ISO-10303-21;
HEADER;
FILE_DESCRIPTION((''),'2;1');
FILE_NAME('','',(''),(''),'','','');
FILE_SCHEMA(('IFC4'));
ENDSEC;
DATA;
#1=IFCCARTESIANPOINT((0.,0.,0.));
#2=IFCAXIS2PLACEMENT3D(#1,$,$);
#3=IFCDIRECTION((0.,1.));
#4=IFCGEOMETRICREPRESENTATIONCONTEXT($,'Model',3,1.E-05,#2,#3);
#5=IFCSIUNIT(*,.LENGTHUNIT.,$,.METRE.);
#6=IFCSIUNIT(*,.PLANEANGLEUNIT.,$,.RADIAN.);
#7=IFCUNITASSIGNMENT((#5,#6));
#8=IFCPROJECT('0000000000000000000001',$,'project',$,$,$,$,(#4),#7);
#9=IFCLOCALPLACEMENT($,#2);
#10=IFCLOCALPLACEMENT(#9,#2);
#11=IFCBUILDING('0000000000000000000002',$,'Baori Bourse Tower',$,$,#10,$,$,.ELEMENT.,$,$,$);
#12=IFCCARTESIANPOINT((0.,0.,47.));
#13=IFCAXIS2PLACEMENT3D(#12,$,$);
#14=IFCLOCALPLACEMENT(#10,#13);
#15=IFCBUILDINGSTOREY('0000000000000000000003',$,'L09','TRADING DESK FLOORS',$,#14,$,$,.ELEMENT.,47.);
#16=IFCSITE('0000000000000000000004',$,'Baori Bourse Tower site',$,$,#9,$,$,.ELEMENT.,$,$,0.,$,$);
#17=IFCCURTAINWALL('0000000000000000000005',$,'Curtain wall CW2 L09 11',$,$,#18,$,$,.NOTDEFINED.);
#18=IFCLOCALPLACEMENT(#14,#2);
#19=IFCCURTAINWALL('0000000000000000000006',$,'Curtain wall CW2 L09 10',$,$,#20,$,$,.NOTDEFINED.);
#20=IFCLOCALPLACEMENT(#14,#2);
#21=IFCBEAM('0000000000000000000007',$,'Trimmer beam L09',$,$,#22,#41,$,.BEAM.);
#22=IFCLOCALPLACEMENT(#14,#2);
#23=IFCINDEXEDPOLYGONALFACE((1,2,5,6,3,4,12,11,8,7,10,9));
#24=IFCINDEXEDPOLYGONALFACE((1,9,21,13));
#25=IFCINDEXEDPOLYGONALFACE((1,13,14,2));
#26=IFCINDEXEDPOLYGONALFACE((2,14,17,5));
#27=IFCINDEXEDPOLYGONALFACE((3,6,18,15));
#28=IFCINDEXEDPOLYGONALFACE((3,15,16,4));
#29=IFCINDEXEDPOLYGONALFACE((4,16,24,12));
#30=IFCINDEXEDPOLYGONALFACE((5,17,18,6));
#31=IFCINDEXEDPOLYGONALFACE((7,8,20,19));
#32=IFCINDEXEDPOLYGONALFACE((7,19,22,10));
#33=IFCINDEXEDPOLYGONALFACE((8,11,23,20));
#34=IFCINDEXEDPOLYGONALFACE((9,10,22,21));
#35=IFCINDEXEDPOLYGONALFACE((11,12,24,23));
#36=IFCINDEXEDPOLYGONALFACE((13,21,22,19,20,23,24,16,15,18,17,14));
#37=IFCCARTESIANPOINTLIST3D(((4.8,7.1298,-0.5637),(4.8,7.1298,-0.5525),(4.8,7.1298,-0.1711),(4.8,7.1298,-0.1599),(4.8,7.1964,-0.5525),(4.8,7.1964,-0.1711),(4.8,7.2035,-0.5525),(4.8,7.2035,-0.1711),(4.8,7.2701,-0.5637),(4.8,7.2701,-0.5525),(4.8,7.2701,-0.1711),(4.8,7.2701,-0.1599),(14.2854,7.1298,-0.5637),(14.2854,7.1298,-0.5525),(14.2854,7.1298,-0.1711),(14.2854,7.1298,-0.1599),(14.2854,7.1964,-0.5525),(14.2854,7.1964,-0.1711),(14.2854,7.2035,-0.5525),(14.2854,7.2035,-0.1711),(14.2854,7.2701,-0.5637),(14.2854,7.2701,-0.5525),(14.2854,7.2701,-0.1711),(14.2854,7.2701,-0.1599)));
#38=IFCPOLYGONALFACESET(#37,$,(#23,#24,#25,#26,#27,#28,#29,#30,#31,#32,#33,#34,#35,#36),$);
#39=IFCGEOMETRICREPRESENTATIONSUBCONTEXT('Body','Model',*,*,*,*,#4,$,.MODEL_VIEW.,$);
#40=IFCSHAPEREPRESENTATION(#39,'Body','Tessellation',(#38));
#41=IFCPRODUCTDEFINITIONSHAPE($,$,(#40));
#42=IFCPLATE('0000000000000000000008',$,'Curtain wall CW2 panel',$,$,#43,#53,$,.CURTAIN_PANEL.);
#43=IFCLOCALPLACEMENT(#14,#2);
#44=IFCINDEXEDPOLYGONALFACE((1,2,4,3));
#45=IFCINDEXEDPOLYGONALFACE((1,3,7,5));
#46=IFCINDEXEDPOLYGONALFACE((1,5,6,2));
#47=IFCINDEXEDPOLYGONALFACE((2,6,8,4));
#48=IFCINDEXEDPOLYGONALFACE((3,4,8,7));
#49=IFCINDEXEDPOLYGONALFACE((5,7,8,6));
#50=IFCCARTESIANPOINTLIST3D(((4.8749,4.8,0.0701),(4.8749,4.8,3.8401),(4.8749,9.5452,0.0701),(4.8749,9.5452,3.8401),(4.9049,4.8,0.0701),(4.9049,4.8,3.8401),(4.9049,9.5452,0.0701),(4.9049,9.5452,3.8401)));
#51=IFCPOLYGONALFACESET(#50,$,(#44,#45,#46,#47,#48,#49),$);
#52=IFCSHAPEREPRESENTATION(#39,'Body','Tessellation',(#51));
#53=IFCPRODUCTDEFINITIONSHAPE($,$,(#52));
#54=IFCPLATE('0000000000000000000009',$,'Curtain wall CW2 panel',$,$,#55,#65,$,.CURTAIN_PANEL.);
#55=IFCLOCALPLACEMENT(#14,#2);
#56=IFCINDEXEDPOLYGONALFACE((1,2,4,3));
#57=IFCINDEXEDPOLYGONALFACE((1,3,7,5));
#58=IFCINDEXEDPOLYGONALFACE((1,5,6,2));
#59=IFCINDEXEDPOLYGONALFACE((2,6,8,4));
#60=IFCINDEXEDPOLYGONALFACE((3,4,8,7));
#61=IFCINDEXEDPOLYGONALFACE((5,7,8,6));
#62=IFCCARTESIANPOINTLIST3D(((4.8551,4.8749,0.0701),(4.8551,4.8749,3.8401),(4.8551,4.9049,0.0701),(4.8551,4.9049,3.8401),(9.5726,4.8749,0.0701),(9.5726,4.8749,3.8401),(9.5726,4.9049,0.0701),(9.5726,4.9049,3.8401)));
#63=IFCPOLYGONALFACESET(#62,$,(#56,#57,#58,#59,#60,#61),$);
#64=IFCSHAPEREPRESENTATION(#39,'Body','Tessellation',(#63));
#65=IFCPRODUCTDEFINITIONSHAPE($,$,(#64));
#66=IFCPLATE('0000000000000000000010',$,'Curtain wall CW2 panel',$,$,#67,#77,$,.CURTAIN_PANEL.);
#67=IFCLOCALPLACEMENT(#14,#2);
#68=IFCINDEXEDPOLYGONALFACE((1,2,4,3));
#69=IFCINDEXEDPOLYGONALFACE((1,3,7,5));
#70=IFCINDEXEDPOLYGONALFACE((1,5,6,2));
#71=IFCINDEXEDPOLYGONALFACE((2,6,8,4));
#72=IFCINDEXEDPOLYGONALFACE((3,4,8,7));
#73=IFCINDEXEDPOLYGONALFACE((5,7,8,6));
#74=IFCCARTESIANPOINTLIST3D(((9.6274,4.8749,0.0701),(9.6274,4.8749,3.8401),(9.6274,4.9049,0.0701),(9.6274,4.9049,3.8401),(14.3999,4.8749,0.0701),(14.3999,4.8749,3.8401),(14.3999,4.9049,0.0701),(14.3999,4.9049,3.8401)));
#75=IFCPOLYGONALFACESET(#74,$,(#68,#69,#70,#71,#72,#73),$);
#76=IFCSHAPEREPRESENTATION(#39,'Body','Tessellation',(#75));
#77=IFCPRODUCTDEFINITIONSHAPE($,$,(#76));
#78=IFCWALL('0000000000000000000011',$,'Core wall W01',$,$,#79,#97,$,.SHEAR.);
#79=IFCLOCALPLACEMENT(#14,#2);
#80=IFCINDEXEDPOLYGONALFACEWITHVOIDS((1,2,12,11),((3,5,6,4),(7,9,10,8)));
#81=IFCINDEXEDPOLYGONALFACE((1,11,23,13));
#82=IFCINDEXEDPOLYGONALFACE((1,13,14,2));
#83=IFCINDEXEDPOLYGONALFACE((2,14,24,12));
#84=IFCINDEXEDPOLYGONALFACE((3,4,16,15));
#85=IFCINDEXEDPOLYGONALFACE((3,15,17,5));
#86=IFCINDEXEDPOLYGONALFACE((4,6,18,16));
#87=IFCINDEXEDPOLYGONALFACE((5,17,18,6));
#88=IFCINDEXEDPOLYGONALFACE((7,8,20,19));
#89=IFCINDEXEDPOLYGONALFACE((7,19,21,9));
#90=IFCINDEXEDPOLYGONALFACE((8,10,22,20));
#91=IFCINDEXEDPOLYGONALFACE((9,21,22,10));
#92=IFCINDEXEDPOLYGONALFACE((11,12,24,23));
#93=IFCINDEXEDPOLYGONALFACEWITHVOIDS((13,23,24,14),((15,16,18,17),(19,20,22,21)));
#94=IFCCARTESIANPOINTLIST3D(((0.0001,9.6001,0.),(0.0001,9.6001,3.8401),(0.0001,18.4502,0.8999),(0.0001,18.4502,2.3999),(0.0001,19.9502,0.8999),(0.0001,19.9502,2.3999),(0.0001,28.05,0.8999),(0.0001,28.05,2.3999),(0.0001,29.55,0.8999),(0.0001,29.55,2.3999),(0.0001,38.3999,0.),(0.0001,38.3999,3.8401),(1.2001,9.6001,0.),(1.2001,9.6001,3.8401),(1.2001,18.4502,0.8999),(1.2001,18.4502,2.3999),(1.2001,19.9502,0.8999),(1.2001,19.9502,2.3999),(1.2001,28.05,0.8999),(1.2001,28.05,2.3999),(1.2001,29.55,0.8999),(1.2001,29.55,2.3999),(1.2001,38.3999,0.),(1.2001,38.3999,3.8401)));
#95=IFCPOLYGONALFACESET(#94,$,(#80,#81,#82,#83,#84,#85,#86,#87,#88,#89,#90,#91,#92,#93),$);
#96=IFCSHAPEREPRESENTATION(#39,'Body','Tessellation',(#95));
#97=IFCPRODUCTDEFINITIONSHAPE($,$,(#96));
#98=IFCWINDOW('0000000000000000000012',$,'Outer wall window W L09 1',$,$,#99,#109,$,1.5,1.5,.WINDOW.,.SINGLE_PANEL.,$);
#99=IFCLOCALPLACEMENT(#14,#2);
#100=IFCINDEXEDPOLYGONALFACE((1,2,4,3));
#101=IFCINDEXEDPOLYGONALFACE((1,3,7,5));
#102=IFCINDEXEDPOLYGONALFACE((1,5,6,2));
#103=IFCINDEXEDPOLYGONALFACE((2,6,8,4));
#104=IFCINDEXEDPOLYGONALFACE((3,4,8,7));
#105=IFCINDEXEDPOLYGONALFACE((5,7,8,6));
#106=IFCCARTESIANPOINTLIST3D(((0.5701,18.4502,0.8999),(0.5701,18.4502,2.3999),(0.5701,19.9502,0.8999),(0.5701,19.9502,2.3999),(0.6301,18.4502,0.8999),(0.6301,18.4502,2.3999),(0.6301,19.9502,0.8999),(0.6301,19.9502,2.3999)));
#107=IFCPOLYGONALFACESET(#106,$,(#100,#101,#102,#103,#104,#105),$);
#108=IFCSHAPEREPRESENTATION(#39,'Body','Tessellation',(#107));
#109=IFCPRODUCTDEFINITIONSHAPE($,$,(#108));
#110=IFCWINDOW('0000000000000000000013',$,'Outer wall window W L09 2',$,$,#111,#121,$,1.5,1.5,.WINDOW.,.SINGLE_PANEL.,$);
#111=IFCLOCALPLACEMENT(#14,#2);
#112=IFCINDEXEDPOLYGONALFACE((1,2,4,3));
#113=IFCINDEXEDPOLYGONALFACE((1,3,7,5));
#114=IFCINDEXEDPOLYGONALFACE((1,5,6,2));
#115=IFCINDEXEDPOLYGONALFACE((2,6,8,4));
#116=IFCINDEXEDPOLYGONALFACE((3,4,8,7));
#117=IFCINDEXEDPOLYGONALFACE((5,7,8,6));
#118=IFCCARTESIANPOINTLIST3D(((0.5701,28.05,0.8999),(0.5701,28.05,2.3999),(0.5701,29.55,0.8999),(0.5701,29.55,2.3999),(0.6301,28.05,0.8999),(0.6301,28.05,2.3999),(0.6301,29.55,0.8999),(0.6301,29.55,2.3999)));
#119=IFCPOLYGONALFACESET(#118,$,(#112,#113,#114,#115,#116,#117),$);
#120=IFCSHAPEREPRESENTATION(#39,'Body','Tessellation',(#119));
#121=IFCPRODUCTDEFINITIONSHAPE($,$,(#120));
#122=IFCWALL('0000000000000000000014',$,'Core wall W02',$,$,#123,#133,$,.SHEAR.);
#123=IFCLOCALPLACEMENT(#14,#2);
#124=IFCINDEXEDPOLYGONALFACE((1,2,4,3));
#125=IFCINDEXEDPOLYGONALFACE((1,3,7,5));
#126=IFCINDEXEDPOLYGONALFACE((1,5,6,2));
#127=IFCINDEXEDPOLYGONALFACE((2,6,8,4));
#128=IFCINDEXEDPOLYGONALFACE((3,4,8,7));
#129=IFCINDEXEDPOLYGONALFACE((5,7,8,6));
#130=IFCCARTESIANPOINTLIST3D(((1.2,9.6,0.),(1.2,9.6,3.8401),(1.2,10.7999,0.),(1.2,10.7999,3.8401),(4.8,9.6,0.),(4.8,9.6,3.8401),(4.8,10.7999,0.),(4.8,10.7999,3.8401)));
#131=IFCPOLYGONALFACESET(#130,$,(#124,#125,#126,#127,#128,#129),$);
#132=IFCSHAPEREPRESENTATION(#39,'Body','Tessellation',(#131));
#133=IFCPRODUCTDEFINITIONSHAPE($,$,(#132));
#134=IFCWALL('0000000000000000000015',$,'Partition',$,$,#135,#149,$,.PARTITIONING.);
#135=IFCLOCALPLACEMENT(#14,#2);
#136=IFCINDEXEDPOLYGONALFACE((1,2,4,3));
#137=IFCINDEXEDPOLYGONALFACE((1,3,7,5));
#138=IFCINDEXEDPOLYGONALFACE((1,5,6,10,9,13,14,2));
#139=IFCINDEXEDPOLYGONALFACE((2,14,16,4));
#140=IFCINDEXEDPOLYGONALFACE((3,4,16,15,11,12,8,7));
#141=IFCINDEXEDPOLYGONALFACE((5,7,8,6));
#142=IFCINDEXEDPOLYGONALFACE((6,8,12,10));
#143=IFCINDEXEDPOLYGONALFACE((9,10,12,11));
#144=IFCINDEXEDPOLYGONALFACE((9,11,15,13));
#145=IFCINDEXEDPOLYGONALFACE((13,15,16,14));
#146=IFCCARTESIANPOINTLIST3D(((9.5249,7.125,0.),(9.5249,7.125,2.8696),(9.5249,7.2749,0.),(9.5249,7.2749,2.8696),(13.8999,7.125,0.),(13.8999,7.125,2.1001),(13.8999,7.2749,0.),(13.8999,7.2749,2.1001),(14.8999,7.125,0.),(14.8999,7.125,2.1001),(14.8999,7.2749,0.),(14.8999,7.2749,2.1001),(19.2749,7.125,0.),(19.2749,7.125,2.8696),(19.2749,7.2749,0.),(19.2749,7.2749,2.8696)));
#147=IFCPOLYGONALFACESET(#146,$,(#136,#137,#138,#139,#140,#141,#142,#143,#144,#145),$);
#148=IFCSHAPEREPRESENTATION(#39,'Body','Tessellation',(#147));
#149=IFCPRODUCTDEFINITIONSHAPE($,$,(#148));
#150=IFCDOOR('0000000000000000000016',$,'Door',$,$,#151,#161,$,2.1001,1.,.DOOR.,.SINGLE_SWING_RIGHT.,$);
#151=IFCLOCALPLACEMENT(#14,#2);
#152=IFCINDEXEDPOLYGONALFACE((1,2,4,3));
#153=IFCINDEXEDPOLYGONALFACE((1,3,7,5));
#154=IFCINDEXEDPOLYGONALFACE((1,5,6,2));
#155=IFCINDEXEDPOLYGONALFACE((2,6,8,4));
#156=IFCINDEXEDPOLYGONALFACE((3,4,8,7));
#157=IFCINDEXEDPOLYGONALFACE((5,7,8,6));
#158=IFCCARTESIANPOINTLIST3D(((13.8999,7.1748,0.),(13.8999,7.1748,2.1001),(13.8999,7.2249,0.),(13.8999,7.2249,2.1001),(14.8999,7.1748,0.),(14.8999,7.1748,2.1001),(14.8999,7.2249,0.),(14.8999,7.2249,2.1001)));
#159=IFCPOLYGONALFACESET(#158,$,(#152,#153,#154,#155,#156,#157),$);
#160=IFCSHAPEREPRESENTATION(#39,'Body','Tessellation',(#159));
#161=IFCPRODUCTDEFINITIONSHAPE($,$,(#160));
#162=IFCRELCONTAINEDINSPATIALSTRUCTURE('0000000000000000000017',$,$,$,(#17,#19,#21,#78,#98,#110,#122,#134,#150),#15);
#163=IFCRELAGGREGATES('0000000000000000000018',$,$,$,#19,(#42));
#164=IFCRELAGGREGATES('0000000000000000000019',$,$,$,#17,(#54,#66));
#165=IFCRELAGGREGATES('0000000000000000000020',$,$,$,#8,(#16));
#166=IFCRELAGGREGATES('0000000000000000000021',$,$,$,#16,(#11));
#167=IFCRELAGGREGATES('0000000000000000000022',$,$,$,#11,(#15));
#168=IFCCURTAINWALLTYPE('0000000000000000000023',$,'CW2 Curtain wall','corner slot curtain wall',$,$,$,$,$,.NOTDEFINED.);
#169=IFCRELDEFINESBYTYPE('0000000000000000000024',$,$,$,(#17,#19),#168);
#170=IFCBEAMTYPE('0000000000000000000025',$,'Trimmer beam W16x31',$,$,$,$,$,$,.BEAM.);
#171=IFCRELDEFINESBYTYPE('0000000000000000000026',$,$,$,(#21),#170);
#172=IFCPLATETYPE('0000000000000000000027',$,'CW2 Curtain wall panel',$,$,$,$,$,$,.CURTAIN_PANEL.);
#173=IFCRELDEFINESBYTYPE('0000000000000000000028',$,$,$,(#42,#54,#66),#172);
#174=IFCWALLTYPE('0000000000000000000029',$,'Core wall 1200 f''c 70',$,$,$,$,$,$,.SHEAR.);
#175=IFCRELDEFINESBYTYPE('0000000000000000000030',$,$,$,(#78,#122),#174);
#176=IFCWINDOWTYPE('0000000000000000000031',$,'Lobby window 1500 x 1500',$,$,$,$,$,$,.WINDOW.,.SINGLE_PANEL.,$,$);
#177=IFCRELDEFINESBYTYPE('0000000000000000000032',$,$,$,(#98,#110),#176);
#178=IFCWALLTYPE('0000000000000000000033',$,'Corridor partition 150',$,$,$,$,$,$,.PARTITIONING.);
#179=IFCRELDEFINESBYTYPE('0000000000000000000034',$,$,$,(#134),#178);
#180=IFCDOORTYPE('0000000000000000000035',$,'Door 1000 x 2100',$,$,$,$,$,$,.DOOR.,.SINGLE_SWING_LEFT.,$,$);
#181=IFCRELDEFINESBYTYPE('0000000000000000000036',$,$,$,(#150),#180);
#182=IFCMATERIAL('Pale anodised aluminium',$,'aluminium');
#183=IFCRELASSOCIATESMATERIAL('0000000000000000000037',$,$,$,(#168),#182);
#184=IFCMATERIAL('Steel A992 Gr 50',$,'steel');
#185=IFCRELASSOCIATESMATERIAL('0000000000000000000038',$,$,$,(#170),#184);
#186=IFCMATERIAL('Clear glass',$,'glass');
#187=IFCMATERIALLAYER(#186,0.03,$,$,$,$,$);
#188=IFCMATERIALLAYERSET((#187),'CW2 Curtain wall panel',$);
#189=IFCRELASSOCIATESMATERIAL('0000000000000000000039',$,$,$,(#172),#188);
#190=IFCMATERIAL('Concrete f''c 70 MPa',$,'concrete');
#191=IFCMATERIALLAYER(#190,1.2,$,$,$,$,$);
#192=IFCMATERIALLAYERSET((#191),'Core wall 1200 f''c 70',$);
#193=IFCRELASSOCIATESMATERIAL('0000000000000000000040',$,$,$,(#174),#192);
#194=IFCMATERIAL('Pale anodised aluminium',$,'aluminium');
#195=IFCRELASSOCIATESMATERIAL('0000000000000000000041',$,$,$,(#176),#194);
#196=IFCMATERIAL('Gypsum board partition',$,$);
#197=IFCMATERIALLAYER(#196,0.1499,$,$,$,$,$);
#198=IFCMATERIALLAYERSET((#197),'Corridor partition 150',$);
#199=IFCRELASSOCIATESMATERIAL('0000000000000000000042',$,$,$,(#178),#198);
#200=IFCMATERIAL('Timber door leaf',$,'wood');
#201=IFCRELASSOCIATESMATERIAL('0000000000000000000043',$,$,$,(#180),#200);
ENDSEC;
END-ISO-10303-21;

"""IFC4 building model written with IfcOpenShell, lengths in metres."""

from ifc_helpers import new_model, si_unit, direction, frame, frame_2d, origin, origin_2d, place, context, subcontext, project, spatial, rectangle, i_section, extrude, material, layer, layer_set, material_profile, profile_set, type_object, element, fill, aggregate, save


model = new_model("IFC4")

# Units and contexts
model_context = context("Model", 3, precision=1e-05, world=origin(), true_north=direction((0.0, 1.0)))
body_context = subcontext(model_context, "Body", "Model", "MODEL_VIEW")
ifc_project = project(units=[si_unit("LENGTHUNIT", "METRE"), si_unit("PLANEANGLEUNIT", "RADIAN")], contexts=[model_context])

# Site, building, storey
site_placement = place(None, origin())
site = spatial("IfcSite", under=ifc_project, at=site_placement, Name="Baori Bourse Tower site", CompositionType="ELEMENT", RefElevation=0.0)
building_placement = place(site_placement, origin())
building = spatial("IfcBuilding", under=site, at=building_placement, Name="Baori Bourse Tower", CompositionType="ELEMENT")
storey_placement = place(building_placement, frame((0.0, 0.0, 47.0)))
storey = spatial("IfcBuildingStorey", under=building, at=storey_placement, Name="L09", Description="TRADING DESK FLOORS", CompositionType="ELEMENT", Elevation=47.0)

# Curtain wall
ifc_material_1 = material(Name="Pale anodised aluminium", Category="aluminium")
curtain_wall_type = type_object("IfcCurtainWallType", Name="CW2 Curtain wall", Description="corner slot curtain wall", PredefinedType="NOTDEFINED", material=ifc_material_1)
curtain_wall_1_placement = place(storey_placement, origin())
curtain_wall_1 = element("IfcCurtainWall", 1, at=curtain_wall_1_placement, inside=storey, type_object=curtain_wall_type, Name="Curtain wall CW2 L09 11", PredefinedType="NOTDEFINED")

# Curtain wall
curtain_wall_2_placement = place(storey_placement, origin())
curtain_wall_2 = element("IfcCurtainWall", 2, at=curtain_wall_2_placement, inside=storey, type_object=curtain_wall_type, Name="Curtain wall CW2 L09 10", PredefinedType="NOTDEFINED")

# Beam
ifc_material_2 = material(Name="Steel A992 Gr 50", Category="steel")
ifc_material_profile_1 = material_profile(ifc_material_2, i_section(OverallWidth=0.1404, OverallDepth=0.4038, WebThickness=0.0071, FlangeThickness=0.0112, at=origin_2d()), Name="W16x31")
ifc_profile_set_1 = profile_set([ifc_material_profile_1], Name="Steel A992 Gr 50")
beam_type_1 = type_object("IfcBeamType", Name="Trimmer beam W16x31", PredefinedType="BEAM", material=ifc_profile_set_1)
beam_1_placement = place(storey_placement, frame((4.8, 7.2, -0.3618), z_axis=(1.0, 0.0, 0.0), x_axis=(0.0, 1.0, 0.0)))
element("IfcBeam", 3, at=beam_1_placement, inside=storey, type_object=beam_type_1, Name="Trimmer beam L09", PredefinedType="BEAM", context=body_context, shape_type="SweptSolid", body=[
    extrude(i_section(OverallWidth=0.1404, OverallDepth=0.4038, WebThickness=0.0071, FlangeThickness=0.0112, at=origin_2d()), origin(), (0.0, 0.0, 1.0), 9.4854),
])

# Plates
ifc_material_3 = material(Name="Clear glass", Category="glass")
ifc_layer_1 = layer(ifc_material_3, 0.03)
ifc_layer_set_1 = layer_set([ifc_layer_1], Name="CW2 Curtain wall panel")
plate_type = type_object("IfcPlateType", Name="CW2 Curtain wall panel", PredefinedType="CURTAIN_PANEL", material=ifc_layer_set_1)
plate_1_placement = place(storey_placement, frame((4.8899, 7.1726, 0.0701), z_axis=(0.0, 0.0, 1.0), x_axis=(0.0, -1.0, 0.0)))
plate_1 = element("IfcPlate", 4, at=plate_1_placement, type_object=plate_type, Name="Curtain wall CW2 panel", PredefinedType="CURTAIN_PANEL", context=body_context, shape_type="SweptSolid", body=[
    extrude(rectangle(XDim=4.7451, YDim=0.03, at=origin_2d()), origin(), (0.0, 0.0, 1.0), 3.77),
])
aggregate(curtain_wall_2, [plate_1])
plate_2_placement = place(storey_placement, frame((7.2139, 4.8899, 0.0701), z_axis=(0.0, 0.0, 1.0), x_axis=(1.0, 0.0, 0.0)))
plate_2 = element("IfcPlate", 5, at=plate_2_placement, type_object=plate_type, Name="Curtain wall CW2 panel", PredefinedType="CURTAIN_PANEL", context=body_context, shape_type="SweptSolid", body=[
    extrude(rectangle(XDim=4.7175, YDim=0.03, at=origin_2d()), origin(), (0.0, 0.0, 1.0), 3.77),
])
plate_3_placement = place(storey_placement, frame((12.0137, 4.8899, 0.0701), z_axis=(0.0, 0.0, 1.0), x_axis=(1.0, 0.0, 0.0)))
plate_3 = element("IfcPlate", 6, at=plate_3_placement, type_object=plate_type, Name="Curtain wall CW2 panel", PredefinedType="CURTAIN_PANEL", context=body_context, shape_type="SweptSolid", body=[
    extrude(rectangle(XDim=4.7725, YDim=0.03, at=origin_2d()), origin(), (0.0, 0.0, 1.0), 3.77),
])
aggregate(curtain_wall_1, [plate_2, plate_3])

# Wall, openings, windows
ifc_material_4 = material(Name="Concrete f'c 70 MPa", Category="concrete")
ifc_layer_2 = layer(ifc_material_4, 1.2)
ifc_layer_set_2 = layer_set([ifc_layer_2], Name="Core wall 1200 f'c 70")
wall_type_1 = type_object("IfcWallType", Name="Core wall 1200 f'c 70", PredefinedType="SHEAR", material=ifc_layer_set_2)
wall_1_placement = place(storey_placement, frame((0.6001, 9.6001, 0.0), z_axis=(0.0, 0.0, 1.0), x_axis=(0.0, 1.0, 0.0)))
wall_1 = element("IfcWall", 7, at=wall_1_placement, inside=storey, type_object=wall_type_1, Name="Core wall W01", PredefinedType="SHEAR", context=body_context, shape_type="SweptSolid", body=[
    extrude(rectangle(XDim=28.7998, YDim=1.2, at=frame_2d((14.3999, 0.0))), origin(), (0.0, 0.0, 1.0), 3.8401),
])
opening_1_placement = place(wall_1_placement, frame((8.8501, 0.0, 0.8999)))
opening_1 = element("IfcOpeningElement", 8, at=opening_1_placement, cuts=wall_1, PredefinedType="OPENING", context=body_context, shape_type="SweptSolid", body=[
    extrude(rectangle(XDim=1.5, YDim=1.5, at=frame_2d((0.75, 0.75))), frame((0.0, 0.6099, 0.0), z_axis=(0.0, -1.0, 0.0), x_axis=(1.0, 0.0, 0.0)), (0.0, 0.0, 1.0), 1.22),
])
opening_2_placement = place(wall_1_placement, frame((18.45, 0.0, 0.8999)))
opening_2 = element("IfcOpeningElement", 9, at=opening_2_placement, cuts=wall_1, PredefinedType="OPENING", context=body_context, shape_type="SweptSolid", body=[
    extrude(rectangle(XDim=1.5, YDim=1.5, at=frame_2d((0.75, 0.75))), frame((0.0, 0.6099, 0.0), z_axis=(0.0, -1.0, 0.0), x_axis=(1.0, 0.0, 0.0)), (0.0, 0.0, 1.0), 1.22),
])
ifc_material_5 = material(Name="Pale anodised aluminium", Category="aluminium")
window_type = type_object("IfcWindowType", Name="Lobby window 1500 x 1500", PartitioningType="SINGLE_PANEL", PredefinedType="WINDOW", material=ifc_material_5)
window_1_placement = place(opening_1_placement, origin())
window_1 = element("IfcWindow", 10, at=window_1_placement, inside=storey, type_object=window_type, Name="Outer wall window W L09 1", OverallHeight=1.5, OverallWidth=1.5, PartitioningType="SINGLE_PANEL", PredefinedType="WINDOW", context=body_context, shape_type="SweptSolid", body=[
    extrude(rectangle(XDim=1.5, YDim=1.5, at=frame_2d((0.75, 0.75))), frame((0.0, 0.03, 0.0), z_axis=(0.0, -1.0, 0.0), x_axis=(1.0, 0.0, 0.0)), (0.0, 0.0, 1.0), 0.0601),
])
fill(opening_1, window_1)
window_2_placement = place(opening_2_placement, origin())
window_2 = element("IfcWindow", 11, at=window_2_placement, inside=storey, type_object=window_type, Name="Outer wall window W L09 2", OverallHeight=1.5, OverallWidth=1.5, PartitioningType="SINGLE_PANEL", PredefinedType="WINDOW", context=body_context, shape_type="SweptSolid", body=[
    extrude(rectangle(XDim=1.5, YDim=1.5, at=frame_2d((0.75, 0.75))), frame((0.0, 0.03, 0.0), z_axis=(0.0, -1.0, 0.0), x_axis=(1.0, 0.0, 0.0)), (0.0, 0.0, 1.0), 0.0601),
])
fill(opening_2, window_2)

# Wall
wall_2_placement = place(storey_placement, frame((4.8, 10.2, 0.0), z_axis=(0.0, 0.0, 1.0), x_axis=(-1.0, 0.0, 0.0)))
element("IfcWall", 12, at=wall_2_placement, inside=storey, type_object=wall_type_1, Name="Core wall W02", PredefinedType="SHEAR", context=body_context, shape_type="SweptSolid", body=[
    extrude(rectangle(XDim=3.6001, YDim=1.2, at=frame_2d((1.8, 0.0))), origin(), (0.0, 0.0, 1.0), 3.8401),
])

# Wall, opening, door
ifc_material_6 = material(Name="Gypsum board partition")
ifc_layer_3 = layer(ifc_material_6, 0.1499)
ifc_layer_set_3 = layer_set([ifc_layer_3], Name="Corridor partition 150")
wall_type_2 = type_object("IfcWallType", Name="Corridor partition 150", PredefinedType="PARTITIONING", material=ifc_layer_set_3)
wall_3_placement = place(storey_placement, frame((9.5249, 7.2, 0.0), z_axis=(0.0, 0.0, 1.0), x_axis=(1.0, 0.0, 0.0)))
wall_3 = element("IfcWall", 13, at=wall_3_placement, inside=storey, type_object=wall_type_2, Name="Partition", PredefinedType="PARTITIONING", context=body_context, shape_type="SweptSolid", body=[
    extrude(rectangle(XDim=9.75, YDim=0.1499, at=frame_2d((4.875, 0.0))), origin(), (0.0, 0.0, 1.0), 2.8696),
])
opening_3_placement = place(wall_3_placement, frame((4.375, 0.0, 0.0)))
opening_3 = element("IfcOpeningElement", 14, at=opening_3_placement, cuts=wall_3, PredefinedType="OPENING", context=body_context, shape_type="SweptSolid", body=[
    extrude(rectangle(XDim=1.0, YDim=2.1001, at=frame_2d((0.5, 1.05))), frame((0.0, 0.085, 0.0), z_axis=(0.0, -1.0, 0.0), x_axis=(1.0, 0.0, 0.0)), (0.0, 0.0, 1.0), 0.1699),
])
ifc_material_7 = material(Name="Timber door leaf", Category="wood")
door_type = type_object("IfcDoorType", Name="Door 1000 x 2100", OperationType="SINGLE_SWING_LEFT", PredefinedType="DOOR", material=ifc_material_7)
door_1_placement = place(opening_3_placement, origin())
door_1 = element("IfcDoor", 15, at=door_1_placement, inside=storey, type_object=door_type, Name="Door", OperationType="SINGLE_SWING_RIGHT", OverallHeight=2.1001, OverallWidth=1.0, PredefinedType="DOOR", context=body_context, shape_type="SweptSolid", body=[
    extrude(rectangle(XDim=1.0, YDim=2.1001, at=frame_2d((0.5, 1.05))), frame((0.0, 0.0249, 0.0), z_axis=(0.0, -1.0, 0.0), x_axis=(1.0, 0.0, 0.0)), (0.0, 0.0, 1.0), 0.05),
])
fill(opening_3, door_1)

save(model, "model.ifc")
